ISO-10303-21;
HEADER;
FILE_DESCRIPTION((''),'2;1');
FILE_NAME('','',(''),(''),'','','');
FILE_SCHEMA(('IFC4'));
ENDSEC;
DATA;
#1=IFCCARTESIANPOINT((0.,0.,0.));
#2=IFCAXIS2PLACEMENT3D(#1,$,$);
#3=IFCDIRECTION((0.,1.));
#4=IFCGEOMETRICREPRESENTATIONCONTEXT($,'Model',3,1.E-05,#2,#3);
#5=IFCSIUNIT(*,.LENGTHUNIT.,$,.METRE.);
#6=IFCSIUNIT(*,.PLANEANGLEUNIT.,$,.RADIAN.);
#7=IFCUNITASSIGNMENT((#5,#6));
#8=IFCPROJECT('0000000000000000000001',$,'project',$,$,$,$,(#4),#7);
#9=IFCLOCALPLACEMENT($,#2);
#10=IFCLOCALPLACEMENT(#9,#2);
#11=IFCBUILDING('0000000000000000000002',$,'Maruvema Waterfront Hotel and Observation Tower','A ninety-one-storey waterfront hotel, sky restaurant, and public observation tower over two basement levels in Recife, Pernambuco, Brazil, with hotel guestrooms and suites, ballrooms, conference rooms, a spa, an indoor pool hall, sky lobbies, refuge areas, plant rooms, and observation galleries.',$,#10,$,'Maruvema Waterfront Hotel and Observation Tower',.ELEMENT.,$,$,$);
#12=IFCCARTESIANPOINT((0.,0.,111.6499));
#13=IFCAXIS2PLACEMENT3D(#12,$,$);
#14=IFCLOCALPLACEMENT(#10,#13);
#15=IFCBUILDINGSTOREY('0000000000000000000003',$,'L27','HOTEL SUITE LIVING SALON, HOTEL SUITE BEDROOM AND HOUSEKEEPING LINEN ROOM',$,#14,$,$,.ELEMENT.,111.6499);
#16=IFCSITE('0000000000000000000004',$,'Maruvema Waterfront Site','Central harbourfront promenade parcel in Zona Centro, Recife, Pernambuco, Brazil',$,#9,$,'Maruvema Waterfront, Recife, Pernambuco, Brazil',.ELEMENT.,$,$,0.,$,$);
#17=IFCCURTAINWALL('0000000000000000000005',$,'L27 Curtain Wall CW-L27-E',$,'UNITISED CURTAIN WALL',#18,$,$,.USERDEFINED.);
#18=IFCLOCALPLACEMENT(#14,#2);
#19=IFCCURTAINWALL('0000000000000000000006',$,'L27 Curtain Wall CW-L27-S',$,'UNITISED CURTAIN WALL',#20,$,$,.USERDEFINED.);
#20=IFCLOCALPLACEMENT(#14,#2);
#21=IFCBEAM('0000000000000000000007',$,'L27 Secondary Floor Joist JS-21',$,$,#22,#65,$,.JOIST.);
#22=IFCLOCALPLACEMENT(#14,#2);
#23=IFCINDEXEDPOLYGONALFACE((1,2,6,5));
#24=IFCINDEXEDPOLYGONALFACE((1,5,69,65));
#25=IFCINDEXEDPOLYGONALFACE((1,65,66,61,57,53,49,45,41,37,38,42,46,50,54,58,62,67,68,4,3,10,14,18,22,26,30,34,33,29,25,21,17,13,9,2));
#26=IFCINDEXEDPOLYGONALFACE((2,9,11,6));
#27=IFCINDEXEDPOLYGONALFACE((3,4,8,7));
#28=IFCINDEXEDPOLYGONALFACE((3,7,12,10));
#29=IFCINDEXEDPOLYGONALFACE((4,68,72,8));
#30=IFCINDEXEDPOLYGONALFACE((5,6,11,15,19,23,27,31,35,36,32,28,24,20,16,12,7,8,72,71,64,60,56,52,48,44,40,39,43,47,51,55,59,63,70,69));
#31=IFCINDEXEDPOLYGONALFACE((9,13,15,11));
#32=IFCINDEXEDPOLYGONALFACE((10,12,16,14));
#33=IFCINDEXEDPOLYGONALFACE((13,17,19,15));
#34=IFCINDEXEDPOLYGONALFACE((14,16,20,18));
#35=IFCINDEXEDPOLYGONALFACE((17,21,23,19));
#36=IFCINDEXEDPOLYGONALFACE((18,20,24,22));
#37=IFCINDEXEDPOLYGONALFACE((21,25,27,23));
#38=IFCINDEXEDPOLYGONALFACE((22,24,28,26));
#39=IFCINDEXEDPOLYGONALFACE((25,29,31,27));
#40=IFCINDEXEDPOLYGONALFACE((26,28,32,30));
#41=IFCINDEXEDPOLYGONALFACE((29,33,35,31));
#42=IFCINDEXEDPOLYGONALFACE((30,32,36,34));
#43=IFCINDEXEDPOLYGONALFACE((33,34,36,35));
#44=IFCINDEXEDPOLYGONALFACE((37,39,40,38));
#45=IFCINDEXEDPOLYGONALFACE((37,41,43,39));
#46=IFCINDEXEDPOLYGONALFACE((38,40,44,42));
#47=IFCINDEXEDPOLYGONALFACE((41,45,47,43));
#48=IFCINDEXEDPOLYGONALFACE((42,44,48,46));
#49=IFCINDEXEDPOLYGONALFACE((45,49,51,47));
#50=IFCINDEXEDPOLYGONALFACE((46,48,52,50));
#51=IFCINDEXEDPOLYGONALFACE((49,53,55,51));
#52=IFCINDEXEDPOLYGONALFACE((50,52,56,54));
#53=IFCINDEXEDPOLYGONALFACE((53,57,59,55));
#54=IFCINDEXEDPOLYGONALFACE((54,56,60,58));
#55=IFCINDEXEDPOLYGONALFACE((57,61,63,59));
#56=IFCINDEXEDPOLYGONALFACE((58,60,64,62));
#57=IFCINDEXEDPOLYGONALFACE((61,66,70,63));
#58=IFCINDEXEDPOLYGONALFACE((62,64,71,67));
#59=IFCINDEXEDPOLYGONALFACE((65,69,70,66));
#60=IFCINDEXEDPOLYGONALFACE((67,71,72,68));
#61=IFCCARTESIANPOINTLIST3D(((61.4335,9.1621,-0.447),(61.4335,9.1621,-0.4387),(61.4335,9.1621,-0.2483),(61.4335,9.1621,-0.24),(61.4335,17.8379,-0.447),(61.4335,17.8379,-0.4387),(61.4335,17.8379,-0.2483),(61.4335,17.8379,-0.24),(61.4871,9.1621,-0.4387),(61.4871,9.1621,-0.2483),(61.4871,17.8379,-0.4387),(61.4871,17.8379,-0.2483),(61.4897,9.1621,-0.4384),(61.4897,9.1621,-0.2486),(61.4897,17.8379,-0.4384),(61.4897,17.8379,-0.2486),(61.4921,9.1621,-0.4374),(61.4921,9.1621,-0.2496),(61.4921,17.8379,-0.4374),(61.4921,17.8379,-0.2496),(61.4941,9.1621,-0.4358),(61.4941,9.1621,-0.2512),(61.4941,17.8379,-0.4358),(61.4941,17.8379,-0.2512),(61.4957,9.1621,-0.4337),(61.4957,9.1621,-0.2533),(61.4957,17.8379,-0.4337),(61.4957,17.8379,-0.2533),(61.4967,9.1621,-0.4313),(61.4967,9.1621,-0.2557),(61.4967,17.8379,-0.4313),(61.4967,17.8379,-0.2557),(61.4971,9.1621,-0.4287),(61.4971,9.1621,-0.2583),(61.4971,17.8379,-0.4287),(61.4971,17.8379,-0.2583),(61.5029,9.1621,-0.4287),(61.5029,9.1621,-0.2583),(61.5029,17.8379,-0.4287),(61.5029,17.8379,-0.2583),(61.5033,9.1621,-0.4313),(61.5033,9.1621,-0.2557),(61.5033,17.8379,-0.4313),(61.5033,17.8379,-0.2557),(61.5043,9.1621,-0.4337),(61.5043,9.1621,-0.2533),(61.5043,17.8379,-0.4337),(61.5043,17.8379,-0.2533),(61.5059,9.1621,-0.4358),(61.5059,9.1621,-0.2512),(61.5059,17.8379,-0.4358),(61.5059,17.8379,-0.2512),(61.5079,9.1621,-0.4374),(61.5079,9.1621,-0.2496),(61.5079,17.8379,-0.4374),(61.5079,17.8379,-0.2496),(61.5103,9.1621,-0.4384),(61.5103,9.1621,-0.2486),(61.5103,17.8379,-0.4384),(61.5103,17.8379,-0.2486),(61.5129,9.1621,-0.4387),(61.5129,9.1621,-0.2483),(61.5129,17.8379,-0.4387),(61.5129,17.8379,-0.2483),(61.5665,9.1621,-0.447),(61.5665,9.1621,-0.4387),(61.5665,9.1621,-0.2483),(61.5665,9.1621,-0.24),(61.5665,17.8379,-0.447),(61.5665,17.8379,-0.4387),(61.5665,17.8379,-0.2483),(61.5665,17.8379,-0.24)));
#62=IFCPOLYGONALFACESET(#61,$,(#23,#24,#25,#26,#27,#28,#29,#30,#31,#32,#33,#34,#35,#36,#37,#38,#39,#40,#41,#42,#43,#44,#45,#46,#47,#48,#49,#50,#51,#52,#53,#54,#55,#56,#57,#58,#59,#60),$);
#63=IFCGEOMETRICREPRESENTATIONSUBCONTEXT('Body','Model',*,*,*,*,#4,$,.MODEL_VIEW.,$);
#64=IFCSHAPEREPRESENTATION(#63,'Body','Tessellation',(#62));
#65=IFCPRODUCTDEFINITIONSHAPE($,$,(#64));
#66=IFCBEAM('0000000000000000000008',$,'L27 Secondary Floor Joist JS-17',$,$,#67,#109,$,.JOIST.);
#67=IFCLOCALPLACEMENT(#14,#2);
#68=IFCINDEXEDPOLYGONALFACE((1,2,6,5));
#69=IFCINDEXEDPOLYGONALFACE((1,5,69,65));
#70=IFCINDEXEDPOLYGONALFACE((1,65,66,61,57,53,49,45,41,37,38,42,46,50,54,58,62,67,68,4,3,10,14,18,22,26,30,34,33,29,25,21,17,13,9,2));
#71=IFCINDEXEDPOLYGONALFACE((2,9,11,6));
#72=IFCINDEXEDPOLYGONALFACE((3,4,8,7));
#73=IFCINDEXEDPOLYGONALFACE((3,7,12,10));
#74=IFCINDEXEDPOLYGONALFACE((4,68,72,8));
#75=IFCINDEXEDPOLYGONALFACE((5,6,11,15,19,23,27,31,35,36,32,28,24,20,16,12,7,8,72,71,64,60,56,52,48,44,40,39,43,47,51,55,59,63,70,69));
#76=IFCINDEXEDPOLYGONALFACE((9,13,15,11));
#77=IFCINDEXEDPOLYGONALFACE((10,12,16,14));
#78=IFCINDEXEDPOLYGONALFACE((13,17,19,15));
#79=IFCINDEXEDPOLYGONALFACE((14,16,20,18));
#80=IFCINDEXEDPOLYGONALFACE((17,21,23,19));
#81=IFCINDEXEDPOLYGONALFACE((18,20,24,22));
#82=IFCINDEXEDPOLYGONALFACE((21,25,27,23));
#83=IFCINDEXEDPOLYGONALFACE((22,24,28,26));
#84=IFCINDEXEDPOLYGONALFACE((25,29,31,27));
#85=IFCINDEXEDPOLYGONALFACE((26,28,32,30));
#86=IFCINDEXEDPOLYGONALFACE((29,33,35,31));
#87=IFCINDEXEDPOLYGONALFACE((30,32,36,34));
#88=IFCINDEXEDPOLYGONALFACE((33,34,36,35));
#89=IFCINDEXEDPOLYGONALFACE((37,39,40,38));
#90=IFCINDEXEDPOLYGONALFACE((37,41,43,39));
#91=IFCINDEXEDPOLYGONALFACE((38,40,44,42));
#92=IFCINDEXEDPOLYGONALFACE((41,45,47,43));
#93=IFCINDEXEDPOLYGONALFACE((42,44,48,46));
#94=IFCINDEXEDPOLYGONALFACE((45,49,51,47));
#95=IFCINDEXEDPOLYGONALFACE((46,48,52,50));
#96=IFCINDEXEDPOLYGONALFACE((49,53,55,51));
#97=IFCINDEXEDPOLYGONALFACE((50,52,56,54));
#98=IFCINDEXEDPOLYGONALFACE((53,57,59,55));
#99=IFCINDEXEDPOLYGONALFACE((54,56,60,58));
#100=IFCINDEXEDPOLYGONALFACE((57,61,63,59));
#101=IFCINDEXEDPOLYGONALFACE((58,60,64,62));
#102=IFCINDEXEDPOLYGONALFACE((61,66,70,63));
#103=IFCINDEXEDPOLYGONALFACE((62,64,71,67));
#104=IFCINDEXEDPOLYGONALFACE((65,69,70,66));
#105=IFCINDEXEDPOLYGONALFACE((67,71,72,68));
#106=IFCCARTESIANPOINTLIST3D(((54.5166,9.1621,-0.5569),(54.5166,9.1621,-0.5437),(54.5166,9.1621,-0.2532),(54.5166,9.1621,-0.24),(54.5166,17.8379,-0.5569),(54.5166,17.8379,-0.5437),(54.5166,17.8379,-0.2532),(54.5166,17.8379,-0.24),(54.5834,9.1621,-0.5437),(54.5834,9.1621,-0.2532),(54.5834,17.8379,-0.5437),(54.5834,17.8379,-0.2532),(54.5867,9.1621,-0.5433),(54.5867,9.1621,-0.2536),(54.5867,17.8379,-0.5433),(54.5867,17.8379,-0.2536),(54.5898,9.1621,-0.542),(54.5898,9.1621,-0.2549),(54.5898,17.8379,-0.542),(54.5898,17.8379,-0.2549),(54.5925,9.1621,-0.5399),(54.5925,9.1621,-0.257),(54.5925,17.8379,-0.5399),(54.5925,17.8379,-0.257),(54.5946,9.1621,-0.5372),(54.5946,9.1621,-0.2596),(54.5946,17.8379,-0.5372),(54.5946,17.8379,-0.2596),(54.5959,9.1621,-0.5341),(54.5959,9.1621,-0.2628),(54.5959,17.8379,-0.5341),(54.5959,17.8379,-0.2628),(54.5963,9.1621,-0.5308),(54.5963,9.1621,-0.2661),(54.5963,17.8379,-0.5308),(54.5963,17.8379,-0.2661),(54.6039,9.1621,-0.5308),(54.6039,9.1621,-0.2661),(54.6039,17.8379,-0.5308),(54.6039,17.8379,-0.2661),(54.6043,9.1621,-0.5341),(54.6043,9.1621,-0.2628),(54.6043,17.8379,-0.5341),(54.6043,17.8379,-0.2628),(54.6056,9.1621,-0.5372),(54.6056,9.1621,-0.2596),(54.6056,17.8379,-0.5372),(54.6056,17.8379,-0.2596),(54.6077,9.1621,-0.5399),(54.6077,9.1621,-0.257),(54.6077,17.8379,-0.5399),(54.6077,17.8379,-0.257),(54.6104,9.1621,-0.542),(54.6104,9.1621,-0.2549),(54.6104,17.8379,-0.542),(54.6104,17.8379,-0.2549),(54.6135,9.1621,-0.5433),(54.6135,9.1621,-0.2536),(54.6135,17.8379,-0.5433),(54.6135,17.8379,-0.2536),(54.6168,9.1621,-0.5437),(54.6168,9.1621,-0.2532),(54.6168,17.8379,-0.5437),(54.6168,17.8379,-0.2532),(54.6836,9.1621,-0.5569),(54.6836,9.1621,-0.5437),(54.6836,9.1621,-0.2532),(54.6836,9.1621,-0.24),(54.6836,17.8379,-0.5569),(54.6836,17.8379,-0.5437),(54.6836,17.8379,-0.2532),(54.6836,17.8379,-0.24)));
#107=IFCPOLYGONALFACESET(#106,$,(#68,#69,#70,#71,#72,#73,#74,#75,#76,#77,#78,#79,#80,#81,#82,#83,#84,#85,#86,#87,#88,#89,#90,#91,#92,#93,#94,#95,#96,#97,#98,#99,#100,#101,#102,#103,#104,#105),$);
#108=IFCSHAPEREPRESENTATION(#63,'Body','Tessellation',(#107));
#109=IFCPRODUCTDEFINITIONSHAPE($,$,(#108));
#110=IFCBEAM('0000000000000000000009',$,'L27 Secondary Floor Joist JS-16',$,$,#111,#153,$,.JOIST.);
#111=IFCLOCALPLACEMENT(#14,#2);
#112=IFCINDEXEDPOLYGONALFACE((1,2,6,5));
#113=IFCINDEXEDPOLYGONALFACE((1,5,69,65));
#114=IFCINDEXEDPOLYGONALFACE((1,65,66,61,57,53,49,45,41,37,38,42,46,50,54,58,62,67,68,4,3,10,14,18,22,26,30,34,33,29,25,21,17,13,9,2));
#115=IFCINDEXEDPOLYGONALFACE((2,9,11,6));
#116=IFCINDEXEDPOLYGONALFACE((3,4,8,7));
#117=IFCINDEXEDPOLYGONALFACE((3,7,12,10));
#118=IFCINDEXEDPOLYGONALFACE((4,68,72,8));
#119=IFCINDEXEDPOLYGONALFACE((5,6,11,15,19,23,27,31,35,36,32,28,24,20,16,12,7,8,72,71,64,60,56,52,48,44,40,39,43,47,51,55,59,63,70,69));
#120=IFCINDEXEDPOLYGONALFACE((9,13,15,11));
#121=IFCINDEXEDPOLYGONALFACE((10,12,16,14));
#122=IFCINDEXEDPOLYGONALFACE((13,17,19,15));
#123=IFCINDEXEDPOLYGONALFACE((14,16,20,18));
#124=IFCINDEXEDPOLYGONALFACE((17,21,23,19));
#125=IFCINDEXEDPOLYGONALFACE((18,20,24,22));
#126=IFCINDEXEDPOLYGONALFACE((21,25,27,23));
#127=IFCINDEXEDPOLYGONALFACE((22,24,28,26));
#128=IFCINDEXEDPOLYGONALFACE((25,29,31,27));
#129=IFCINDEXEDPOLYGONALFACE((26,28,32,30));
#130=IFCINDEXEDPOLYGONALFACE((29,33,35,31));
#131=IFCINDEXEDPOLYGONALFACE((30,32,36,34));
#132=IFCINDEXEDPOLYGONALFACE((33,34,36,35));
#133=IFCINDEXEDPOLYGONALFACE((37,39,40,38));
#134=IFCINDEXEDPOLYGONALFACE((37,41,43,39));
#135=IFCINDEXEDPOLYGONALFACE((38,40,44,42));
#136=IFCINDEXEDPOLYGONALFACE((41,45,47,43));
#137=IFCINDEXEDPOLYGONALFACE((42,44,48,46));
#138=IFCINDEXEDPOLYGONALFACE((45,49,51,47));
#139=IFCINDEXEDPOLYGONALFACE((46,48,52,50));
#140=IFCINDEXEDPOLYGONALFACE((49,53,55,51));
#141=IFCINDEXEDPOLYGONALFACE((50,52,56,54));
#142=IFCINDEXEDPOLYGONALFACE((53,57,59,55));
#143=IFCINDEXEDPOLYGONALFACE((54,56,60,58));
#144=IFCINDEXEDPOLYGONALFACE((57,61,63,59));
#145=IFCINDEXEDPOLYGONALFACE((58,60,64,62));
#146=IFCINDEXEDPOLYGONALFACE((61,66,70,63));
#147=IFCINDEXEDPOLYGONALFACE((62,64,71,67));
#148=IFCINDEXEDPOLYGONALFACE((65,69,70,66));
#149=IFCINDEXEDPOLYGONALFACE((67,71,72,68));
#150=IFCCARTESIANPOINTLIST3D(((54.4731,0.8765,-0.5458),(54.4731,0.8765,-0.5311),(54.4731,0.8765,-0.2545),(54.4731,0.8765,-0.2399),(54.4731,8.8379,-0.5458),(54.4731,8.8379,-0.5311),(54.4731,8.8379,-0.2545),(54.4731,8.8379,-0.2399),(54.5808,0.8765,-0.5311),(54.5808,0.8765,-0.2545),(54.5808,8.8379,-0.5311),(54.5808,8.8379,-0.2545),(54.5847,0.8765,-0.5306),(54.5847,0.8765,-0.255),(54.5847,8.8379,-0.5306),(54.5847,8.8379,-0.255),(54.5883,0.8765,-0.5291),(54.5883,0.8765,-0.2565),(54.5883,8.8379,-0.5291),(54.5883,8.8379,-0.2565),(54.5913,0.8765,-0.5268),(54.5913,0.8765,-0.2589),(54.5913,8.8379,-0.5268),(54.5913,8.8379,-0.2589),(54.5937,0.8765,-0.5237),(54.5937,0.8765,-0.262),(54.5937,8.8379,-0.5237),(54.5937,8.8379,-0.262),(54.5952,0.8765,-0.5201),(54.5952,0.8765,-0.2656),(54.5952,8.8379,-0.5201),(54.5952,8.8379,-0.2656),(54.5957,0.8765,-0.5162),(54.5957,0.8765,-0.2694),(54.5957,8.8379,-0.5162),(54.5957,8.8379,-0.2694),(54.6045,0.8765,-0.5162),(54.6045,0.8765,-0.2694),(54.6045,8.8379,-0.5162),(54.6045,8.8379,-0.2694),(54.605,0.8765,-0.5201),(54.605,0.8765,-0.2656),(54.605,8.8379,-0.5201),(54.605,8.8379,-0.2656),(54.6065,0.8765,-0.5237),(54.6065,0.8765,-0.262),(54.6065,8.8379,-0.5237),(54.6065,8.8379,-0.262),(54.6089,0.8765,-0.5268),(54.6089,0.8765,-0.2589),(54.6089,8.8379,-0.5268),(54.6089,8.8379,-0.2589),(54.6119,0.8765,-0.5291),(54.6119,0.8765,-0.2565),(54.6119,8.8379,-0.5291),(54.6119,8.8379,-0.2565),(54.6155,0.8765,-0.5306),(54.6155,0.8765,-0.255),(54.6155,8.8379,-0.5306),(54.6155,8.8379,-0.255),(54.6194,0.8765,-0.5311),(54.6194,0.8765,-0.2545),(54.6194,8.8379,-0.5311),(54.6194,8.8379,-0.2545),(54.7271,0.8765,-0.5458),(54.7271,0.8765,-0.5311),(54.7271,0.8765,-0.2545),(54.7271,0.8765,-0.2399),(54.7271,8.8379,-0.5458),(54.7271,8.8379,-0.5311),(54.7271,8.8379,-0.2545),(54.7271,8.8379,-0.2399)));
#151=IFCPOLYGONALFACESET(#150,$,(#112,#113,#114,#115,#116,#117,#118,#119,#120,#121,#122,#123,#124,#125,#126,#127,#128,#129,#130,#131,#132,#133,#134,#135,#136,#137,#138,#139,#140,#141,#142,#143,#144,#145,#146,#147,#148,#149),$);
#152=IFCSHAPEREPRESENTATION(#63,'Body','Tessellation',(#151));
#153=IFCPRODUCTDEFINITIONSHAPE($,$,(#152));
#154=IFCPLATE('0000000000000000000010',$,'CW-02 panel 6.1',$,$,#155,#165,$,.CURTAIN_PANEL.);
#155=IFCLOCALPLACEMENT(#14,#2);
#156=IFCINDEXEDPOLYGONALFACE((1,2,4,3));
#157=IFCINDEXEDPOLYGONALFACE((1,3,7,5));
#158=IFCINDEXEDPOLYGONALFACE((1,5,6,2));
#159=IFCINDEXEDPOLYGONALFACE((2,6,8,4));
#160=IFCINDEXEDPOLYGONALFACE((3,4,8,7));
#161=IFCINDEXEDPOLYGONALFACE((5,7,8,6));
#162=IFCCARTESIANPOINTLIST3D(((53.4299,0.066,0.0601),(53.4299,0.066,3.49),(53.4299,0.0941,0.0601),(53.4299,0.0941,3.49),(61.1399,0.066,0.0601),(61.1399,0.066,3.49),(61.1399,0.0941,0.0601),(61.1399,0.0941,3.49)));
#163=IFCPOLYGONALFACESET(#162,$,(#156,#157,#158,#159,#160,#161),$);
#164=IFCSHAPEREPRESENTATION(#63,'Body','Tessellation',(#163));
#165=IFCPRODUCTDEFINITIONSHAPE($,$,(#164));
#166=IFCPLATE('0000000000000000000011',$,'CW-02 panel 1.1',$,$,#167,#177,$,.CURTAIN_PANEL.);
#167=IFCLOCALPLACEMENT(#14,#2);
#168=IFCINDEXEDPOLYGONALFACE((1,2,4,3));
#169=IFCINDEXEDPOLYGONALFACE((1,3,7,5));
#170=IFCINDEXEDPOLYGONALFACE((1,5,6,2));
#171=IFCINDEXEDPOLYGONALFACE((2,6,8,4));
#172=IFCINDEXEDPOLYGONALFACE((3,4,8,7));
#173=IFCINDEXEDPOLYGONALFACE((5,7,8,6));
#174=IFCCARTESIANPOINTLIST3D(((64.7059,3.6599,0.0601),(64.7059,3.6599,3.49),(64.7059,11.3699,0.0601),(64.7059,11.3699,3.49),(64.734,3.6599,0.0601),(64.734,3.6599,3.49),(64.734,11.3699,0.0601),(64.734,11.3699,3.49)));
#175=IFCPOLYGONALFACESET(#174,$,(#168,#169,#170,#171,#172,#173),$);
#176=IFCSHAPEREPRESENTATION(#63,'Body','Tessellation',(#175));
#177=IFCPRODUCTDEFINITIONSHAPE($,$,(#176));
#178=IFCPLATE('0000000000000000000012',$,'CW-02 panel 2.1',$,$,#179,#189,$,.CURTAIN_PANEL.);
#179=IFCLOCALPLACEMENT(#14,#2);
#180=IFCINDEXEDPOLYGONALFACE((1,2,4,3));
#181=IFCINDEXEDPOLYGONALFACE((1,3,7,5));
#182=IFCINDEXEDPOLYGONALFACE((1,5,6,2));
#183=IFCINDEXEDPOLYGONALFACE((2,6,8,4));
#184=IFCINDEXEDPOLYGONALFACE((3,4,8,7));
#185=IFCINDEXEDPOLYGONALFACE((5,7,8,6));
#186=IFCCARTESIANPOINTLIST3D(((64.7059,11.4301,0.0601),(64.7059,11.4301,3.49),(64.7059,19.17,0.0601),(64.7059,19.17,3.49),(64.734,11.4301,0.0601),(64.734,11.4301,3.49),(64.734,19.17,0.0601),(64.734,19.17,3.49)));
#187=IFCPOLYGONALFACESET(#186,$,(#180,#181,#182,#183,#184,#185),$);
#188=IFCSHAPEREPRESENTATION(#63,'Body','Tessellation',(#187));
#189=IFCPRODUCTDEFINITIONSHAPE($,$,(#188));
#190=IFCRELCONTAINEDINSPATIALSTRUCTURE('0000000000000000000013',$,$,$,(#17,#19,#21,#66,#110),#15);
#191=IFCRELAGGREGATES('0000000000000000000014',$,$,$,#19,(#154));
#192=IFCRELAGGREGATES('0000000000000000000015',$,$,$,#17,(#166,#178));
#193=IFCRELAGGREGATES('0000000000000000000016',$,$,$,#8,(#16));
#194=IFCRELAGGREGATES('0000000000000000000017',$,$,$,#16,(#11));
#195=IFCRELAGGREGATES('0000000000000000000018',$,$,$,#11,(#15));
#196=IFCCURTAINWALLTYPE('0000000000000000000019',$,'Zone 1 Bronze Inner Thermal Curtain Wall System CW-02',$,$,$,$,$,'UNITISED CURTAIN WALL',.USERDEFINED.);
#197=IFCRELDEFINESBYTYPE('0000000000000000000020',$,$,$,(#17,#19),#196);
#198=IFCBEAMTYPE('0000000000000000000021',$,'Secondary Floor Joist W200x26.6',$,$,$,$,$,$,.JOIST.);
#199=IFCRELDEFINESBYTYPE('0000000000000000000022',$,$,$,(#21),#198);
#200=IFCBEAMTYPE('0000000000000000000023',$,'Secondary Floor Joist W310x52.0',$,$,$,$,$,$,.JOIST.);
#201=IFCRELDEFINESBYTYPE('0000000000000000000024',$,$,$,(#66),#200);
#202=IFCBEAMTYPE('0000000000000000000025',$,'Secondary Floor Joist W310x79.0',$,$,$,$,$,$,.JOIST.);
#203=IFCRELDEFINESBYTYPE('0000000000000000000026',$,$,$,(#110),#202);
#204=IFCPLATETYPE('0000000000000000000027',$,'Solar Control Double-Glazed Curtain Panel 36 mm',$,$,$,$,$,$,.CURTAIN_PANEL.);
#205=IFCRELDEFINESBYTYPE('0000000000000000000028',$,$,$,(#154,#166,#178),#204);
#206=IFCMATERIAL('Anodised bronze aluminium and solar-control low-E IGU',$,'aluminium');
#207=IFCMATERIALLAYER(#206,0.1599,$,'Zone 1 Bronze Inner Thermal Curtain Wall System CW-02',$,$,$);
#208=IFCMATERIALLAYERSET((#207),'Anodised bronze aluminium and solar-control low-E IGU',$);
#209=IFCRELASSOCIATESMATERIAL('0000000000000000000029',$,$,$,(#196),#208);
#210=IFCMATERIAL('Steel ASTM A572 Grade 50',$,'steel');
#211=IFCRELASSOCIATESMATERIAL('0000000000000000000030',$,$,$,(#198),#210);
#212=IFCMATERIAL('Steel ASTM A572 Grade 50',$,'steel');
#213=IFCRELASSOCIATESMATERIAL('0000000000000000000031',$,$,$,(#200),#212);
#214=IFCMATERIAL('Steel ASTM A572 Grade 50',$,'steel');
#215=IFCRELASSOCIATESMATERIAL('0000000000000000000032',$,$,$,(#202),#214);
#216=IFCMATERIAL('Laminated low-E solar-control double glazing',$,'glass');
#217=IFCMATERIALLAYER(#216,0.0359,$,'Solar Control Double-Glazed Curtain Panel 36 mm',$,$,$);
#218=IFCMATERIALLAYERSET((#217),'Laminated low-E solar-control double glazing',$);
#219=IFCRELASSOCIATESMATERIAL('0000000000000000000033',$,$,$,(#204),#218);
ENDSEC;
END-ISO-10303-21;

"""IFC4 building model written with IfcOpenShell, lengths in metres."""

from ifc_helpers import new_model, si_unit, direction, frame, origin, origin_2d, place, context, subcontext, project, spatial, rectangle, i_section, extrude, material, layer, layer_set, material_profile, profile_set, type_object, element, aggregate, save


model = new_model("IFC4")

# Units and contexts
model_context = context("Model", 3, precision=1e-05, world=origin(), true_north=direction((0.0, 1.0)))
body_context = subcontext(model_context, "Body", "Model", "MODEL_VIEW")
ifc_project = project(units=[si_unit("LENGTHUNIT", "METRE"), si_unit("PLANEANGLEUNIT", "RADIAN")], contexts=[model_context])

# Site, building, storey
site_placement = place(None, origin())
site = spatial("IfcSite", under=ifc_project, at=site_placement, Name="Maruvema Waterfront Site", Description="Central harbourfront promenade parcel in Zona Centro, Recife, Pernambuco, Brazil", LongName="Maruvema Waterfront, Recife, Pernambuco, Brazil", CompositionType="ELEMENT", RefElevation=0.0)
building_placement = place(site_placement, origin())
building = spatial("IfcBuilding", under=site, at=building_placement, Name="Maruvema Waterfront Hotel and Observation Tower", Description="A ninety-one-storey waterfront hotel, sky restaurant, and public observation tower over two basement levels in Recife, Pernambuco, Brazil, with hotel guestrooms and suites, ballrooms, conference rooms, a spa, an indoor pool hall, sky lobbies, refuge areas, plant rooms, and observation galleries.", LongName="Maruvema Waterfront Hotel and Observation Tower", CompositionType="ELEMENT")
storey_placement = place(building_placement, frame((0.0, 0.0, 111.6499)))
storey = spatial("IfcBuildingStorey", under=building, at=storey_placement, Name="L27", Description="HOTEL SUITE LIVING SALON, HOTEL SUITE BEDROOM AND HOUSEKEEPING LINEN ROOM", CompositionType="ELEMENT", Elevation=111.6499)

# Curtain wall
ifc_material_1 = material(Name="Anodised bronze aluminium and solar-control low-E IGU", Category="aluminium")
ifc_layer_1 = layer(ifc_material_1, 0.1599, Name="Zone 1 Bronze Inner Thermal Curtain Wall System CW-02")
ifc_layer_set_1 = layer_set([ifc_layer_1], Name="Anodised bronze aluminium and solar-control low-E IGU")
curtain_wall_type = type_object("IfcCurtainWallType", Name="Zone 1 Bronze Inner Thermal Curtain Wall System CW-02", ElementType="UNITISED CURTAIN WALL", PredefinedType="USERDEFINED", material=ifc_layer_set_1)
curtain_wall_1_placement = place(storey_placement, origin())
curtain_wall_1 = element("IfcCurtainWall", 1, at=curtain_wall_1_placement, inside=storey, type_object=curtain_wall_type, Name="L27 Curtain Wall CW-L27-E", ObjectType="UNITISED CURTAIN WALL", PredefinedType="USERDEFINED")

# Curtain wall
curtain_wall_2_placement = place(storey_placement, origin())
curtain_wall_2 = element("IfcCurtainWall", 2, at=curtain_wall_2_placement, inside=storey, type_object=curtain_wall_type, Name="L27 Curtain Wall CW-L27-S", ObjectType="UNITISED CURTAIN WALL", PredefinedType="USERDEFINED")

# Beams
ifc_material_2 = material(Name="Steel ASTM A572 Grade 50", Category="steel")
ifc_material_profile_1 = material_profile(ifc_material_2, i_section(OverallWidth=0.1331, OverallDepth=0.207, WebThickness=0.0059, FlangeThickness=0.0083, FilletRadius=0.01, at=origin_2d()), Name="W200x26.6")
ifc_profile_set_1 = profile_set([ifc_material_profile_1], Name="Steel ASTM A572 Grade 50")
beam_type_1 = type_object("IfcBeamType", Name="Secondary Floor Joist W200x26.6", PredefinedType="JOIST", material=ifc_profile_set_1)
beam_1_placement = place(storey_placement, frame((61.5, 9.1621, -0.3435), z_axis=(0.0, 1.0, 0.0), x_axis=(-1.0, 0.0, 0.0)))
element("IfcBeam", 3, at=beam_1_placement, inside=storey, type_object=beam_type_1, Name="L27 Secondary Floor Joist JS-21", PredefinedType="JOIST", context=body_context, shape_type="SweptSolid", body=[
    extrude(i_section(OverallWidth=0.1331, OverallDepth=0.207, WebThickness=0.0059, FlangeThickness=0.0083, FilletRadius=0.01, at=origin_2d()), origin(), (0.0, 0.0, 1.0), 8.6758),
])
ifc_material_3 = material(Name="Steel ASTM A572 Grade 50", Category="steel")
ifc_material_profile_2 = material_profile(ifc_material_3, i_section(OverallWidth=0.167, OverallDepth=0.3169, WebThickness=0.0076, FlangeThickness=0.0132, FilletRadius=0.0129, at=origin_2d()), Name="W310x52.0")
ifc_profile_set_2 = profile_set([ifc_material_profile_2], Name="Steel ASTM A572 Grade 50")
beam_type_2 = type_object("IfcBeamType", Name="Secondary Floor Joist W310x52.0", PredefinedType="JOIST", material=ifc_profile_set_2)
beam_2_placement = place(storey_placement, frame((54.6001, 9.1621, -0.3984), z_axis=(0.0, 1.0, 0.0), x_axis=(-1.0, 0.0, 0.0)))
element("IfcBeam", 4, at=beam_2_placement, inside=storey, type_object=beam_type_2, Name="L27 Secondary Floor Joist JS-17", PredefinedType="JOIST", context=body_context, shape_type="SweptSolid", body=[
    extrude(i_section(OverallWidth=0.167, OverallDepth=0.3169, WebThickness=0.0076, FlangeThickness=0.0132, FilletRadius=0.0129, at=origin_2d()), origin(), (0.0, 0.0, 1.0), 8.6758),
])
ifc_material_4 = material(Name="Steel ASTM A572 Grade 50", Category="steel")
ifc_material_profile_3 = material_profile(ifc_material_4, i_section(OverallWidth=0.2539, OverallDepth=0.3059, WebThickness=0.0088, FlangeThickness=0.0146, FilletRadius=0.0149, at=origin_2d()), Name="W310x79.0")
ifc_profile_set_3 = profile_set([ifc_material_profile_3], Name="Steel ASTM A572 Grade 50")
beam_type_3 = type_object("IfcBeamType", Name="Secondary Floor Joist W310x79.0", PredefinedType="JOIST", material=ifc_profile_set_3)
beam_3_placement = place(storey_placement, frame((54.6001, 0.8765, -0.3928), z_axis=(0.0, 1.0, 0.0), x_axis=(-1.0, 0.0, 0.0)))
element("IfcBeam", 5, at=beam_3_placement, inside=storey, type_object=beam_type_3, Name="L27 Secondary Floor Joist JS-16", PredefinedType="JOIST", context=body_context, shape_type="SweptSolid", body=[
    extrude(i_section(OverallWidth=0.2539, OverallDepth=0.3059, WebThickness=0.0088, FlangeThickness=0.0146, FilletRadius=0.0149, at=origin_2d()), origin(), (0.0, 0.0, 1.0), 7.9614),
])

# Plates
ifc_material_5 = material(Name="Laminated low-E solar-control double glazing", Category="glass")
ifc_layer_2 = layer(ifc_material_5, 0.0359, Name="Solar Control Double-Glazed Curtain Panel 36 mm")
ifc_layer_set_2 = layer_set([ifc_layer_2], Name="Laminated low-E solar-control double glazing")
plate_type = type_object("IfcPlateType", Name="Solar Control Double-Glazed Curtain Panel 36 mm", PredefinedType="CURTAIN_PANEL", material=ifc_layer_set_2)
plate_1_placement = place(storey_placement, frame((57.2849, 0.0801, 0.0601), z_axis=(0.0, 0.0, 1.0), x_axis=(1.0, 0.0, 0.0)))
plate_1 = element("IfcPlate", 6, at=plate_1_placement, type_object=plate_type, Name="CW-02 panel 6.1", PredefinedType="CURTAIN_PANEL", context=body_context, shape_type="SweptSolid", body=[
    extrude(rectangle(XDim=7.71, YDim=0.0281, at=origin_2d()), origin(), (0.0, 0.0, 1.0), 3.4299),
])
aggregate(curtain_wall_2, [plate_1])
plate_2_placement = place(storey_placement, frame((64.72, 7.5149, 0.0601), z_axis=(0.0, 0.0, 1.0), x_axis=(0.0, 1.0, 0.0)))
plate_2 = element("IfcPlate", 7, at=plate_2_placement, type_object=plate_type, Name="CW-02 panel 1.1", PredefinedType="CURTAIN_PANEL", context=body_context, shape_type="SweptSolid", body=[
    extrude(rectangle(XDim=7.71, YDim=0.0281, at=origin_2d()), origin(), (0.0, 0.0, 1.0), 3.4299),
])
plate_3_placement = place(storey_placement, frame((64.72, 15.3, 0.0601), z_axis=(0.0, 0.0, 1.0), x_axis=(0.0, 1.0, 0.0)))
plate_3 = element("IfcPlate", 8, at=plate_3_placement, type_object=plate_type, Name="CW-02 panel 2.1", PredefinedType="CURTAIN_PANEL", context=body_context, shape_type="SweptSolid", body=[
    extrude(rectangle(XDim=7.74, YDim=0.0281, at=origin_2d()), origin(), (0.0, 0.0, 1.0), 3.4299),
])
aggregate(curtain_wall_1, [plate_2, plate_3])

save(model, "model.ifc")
